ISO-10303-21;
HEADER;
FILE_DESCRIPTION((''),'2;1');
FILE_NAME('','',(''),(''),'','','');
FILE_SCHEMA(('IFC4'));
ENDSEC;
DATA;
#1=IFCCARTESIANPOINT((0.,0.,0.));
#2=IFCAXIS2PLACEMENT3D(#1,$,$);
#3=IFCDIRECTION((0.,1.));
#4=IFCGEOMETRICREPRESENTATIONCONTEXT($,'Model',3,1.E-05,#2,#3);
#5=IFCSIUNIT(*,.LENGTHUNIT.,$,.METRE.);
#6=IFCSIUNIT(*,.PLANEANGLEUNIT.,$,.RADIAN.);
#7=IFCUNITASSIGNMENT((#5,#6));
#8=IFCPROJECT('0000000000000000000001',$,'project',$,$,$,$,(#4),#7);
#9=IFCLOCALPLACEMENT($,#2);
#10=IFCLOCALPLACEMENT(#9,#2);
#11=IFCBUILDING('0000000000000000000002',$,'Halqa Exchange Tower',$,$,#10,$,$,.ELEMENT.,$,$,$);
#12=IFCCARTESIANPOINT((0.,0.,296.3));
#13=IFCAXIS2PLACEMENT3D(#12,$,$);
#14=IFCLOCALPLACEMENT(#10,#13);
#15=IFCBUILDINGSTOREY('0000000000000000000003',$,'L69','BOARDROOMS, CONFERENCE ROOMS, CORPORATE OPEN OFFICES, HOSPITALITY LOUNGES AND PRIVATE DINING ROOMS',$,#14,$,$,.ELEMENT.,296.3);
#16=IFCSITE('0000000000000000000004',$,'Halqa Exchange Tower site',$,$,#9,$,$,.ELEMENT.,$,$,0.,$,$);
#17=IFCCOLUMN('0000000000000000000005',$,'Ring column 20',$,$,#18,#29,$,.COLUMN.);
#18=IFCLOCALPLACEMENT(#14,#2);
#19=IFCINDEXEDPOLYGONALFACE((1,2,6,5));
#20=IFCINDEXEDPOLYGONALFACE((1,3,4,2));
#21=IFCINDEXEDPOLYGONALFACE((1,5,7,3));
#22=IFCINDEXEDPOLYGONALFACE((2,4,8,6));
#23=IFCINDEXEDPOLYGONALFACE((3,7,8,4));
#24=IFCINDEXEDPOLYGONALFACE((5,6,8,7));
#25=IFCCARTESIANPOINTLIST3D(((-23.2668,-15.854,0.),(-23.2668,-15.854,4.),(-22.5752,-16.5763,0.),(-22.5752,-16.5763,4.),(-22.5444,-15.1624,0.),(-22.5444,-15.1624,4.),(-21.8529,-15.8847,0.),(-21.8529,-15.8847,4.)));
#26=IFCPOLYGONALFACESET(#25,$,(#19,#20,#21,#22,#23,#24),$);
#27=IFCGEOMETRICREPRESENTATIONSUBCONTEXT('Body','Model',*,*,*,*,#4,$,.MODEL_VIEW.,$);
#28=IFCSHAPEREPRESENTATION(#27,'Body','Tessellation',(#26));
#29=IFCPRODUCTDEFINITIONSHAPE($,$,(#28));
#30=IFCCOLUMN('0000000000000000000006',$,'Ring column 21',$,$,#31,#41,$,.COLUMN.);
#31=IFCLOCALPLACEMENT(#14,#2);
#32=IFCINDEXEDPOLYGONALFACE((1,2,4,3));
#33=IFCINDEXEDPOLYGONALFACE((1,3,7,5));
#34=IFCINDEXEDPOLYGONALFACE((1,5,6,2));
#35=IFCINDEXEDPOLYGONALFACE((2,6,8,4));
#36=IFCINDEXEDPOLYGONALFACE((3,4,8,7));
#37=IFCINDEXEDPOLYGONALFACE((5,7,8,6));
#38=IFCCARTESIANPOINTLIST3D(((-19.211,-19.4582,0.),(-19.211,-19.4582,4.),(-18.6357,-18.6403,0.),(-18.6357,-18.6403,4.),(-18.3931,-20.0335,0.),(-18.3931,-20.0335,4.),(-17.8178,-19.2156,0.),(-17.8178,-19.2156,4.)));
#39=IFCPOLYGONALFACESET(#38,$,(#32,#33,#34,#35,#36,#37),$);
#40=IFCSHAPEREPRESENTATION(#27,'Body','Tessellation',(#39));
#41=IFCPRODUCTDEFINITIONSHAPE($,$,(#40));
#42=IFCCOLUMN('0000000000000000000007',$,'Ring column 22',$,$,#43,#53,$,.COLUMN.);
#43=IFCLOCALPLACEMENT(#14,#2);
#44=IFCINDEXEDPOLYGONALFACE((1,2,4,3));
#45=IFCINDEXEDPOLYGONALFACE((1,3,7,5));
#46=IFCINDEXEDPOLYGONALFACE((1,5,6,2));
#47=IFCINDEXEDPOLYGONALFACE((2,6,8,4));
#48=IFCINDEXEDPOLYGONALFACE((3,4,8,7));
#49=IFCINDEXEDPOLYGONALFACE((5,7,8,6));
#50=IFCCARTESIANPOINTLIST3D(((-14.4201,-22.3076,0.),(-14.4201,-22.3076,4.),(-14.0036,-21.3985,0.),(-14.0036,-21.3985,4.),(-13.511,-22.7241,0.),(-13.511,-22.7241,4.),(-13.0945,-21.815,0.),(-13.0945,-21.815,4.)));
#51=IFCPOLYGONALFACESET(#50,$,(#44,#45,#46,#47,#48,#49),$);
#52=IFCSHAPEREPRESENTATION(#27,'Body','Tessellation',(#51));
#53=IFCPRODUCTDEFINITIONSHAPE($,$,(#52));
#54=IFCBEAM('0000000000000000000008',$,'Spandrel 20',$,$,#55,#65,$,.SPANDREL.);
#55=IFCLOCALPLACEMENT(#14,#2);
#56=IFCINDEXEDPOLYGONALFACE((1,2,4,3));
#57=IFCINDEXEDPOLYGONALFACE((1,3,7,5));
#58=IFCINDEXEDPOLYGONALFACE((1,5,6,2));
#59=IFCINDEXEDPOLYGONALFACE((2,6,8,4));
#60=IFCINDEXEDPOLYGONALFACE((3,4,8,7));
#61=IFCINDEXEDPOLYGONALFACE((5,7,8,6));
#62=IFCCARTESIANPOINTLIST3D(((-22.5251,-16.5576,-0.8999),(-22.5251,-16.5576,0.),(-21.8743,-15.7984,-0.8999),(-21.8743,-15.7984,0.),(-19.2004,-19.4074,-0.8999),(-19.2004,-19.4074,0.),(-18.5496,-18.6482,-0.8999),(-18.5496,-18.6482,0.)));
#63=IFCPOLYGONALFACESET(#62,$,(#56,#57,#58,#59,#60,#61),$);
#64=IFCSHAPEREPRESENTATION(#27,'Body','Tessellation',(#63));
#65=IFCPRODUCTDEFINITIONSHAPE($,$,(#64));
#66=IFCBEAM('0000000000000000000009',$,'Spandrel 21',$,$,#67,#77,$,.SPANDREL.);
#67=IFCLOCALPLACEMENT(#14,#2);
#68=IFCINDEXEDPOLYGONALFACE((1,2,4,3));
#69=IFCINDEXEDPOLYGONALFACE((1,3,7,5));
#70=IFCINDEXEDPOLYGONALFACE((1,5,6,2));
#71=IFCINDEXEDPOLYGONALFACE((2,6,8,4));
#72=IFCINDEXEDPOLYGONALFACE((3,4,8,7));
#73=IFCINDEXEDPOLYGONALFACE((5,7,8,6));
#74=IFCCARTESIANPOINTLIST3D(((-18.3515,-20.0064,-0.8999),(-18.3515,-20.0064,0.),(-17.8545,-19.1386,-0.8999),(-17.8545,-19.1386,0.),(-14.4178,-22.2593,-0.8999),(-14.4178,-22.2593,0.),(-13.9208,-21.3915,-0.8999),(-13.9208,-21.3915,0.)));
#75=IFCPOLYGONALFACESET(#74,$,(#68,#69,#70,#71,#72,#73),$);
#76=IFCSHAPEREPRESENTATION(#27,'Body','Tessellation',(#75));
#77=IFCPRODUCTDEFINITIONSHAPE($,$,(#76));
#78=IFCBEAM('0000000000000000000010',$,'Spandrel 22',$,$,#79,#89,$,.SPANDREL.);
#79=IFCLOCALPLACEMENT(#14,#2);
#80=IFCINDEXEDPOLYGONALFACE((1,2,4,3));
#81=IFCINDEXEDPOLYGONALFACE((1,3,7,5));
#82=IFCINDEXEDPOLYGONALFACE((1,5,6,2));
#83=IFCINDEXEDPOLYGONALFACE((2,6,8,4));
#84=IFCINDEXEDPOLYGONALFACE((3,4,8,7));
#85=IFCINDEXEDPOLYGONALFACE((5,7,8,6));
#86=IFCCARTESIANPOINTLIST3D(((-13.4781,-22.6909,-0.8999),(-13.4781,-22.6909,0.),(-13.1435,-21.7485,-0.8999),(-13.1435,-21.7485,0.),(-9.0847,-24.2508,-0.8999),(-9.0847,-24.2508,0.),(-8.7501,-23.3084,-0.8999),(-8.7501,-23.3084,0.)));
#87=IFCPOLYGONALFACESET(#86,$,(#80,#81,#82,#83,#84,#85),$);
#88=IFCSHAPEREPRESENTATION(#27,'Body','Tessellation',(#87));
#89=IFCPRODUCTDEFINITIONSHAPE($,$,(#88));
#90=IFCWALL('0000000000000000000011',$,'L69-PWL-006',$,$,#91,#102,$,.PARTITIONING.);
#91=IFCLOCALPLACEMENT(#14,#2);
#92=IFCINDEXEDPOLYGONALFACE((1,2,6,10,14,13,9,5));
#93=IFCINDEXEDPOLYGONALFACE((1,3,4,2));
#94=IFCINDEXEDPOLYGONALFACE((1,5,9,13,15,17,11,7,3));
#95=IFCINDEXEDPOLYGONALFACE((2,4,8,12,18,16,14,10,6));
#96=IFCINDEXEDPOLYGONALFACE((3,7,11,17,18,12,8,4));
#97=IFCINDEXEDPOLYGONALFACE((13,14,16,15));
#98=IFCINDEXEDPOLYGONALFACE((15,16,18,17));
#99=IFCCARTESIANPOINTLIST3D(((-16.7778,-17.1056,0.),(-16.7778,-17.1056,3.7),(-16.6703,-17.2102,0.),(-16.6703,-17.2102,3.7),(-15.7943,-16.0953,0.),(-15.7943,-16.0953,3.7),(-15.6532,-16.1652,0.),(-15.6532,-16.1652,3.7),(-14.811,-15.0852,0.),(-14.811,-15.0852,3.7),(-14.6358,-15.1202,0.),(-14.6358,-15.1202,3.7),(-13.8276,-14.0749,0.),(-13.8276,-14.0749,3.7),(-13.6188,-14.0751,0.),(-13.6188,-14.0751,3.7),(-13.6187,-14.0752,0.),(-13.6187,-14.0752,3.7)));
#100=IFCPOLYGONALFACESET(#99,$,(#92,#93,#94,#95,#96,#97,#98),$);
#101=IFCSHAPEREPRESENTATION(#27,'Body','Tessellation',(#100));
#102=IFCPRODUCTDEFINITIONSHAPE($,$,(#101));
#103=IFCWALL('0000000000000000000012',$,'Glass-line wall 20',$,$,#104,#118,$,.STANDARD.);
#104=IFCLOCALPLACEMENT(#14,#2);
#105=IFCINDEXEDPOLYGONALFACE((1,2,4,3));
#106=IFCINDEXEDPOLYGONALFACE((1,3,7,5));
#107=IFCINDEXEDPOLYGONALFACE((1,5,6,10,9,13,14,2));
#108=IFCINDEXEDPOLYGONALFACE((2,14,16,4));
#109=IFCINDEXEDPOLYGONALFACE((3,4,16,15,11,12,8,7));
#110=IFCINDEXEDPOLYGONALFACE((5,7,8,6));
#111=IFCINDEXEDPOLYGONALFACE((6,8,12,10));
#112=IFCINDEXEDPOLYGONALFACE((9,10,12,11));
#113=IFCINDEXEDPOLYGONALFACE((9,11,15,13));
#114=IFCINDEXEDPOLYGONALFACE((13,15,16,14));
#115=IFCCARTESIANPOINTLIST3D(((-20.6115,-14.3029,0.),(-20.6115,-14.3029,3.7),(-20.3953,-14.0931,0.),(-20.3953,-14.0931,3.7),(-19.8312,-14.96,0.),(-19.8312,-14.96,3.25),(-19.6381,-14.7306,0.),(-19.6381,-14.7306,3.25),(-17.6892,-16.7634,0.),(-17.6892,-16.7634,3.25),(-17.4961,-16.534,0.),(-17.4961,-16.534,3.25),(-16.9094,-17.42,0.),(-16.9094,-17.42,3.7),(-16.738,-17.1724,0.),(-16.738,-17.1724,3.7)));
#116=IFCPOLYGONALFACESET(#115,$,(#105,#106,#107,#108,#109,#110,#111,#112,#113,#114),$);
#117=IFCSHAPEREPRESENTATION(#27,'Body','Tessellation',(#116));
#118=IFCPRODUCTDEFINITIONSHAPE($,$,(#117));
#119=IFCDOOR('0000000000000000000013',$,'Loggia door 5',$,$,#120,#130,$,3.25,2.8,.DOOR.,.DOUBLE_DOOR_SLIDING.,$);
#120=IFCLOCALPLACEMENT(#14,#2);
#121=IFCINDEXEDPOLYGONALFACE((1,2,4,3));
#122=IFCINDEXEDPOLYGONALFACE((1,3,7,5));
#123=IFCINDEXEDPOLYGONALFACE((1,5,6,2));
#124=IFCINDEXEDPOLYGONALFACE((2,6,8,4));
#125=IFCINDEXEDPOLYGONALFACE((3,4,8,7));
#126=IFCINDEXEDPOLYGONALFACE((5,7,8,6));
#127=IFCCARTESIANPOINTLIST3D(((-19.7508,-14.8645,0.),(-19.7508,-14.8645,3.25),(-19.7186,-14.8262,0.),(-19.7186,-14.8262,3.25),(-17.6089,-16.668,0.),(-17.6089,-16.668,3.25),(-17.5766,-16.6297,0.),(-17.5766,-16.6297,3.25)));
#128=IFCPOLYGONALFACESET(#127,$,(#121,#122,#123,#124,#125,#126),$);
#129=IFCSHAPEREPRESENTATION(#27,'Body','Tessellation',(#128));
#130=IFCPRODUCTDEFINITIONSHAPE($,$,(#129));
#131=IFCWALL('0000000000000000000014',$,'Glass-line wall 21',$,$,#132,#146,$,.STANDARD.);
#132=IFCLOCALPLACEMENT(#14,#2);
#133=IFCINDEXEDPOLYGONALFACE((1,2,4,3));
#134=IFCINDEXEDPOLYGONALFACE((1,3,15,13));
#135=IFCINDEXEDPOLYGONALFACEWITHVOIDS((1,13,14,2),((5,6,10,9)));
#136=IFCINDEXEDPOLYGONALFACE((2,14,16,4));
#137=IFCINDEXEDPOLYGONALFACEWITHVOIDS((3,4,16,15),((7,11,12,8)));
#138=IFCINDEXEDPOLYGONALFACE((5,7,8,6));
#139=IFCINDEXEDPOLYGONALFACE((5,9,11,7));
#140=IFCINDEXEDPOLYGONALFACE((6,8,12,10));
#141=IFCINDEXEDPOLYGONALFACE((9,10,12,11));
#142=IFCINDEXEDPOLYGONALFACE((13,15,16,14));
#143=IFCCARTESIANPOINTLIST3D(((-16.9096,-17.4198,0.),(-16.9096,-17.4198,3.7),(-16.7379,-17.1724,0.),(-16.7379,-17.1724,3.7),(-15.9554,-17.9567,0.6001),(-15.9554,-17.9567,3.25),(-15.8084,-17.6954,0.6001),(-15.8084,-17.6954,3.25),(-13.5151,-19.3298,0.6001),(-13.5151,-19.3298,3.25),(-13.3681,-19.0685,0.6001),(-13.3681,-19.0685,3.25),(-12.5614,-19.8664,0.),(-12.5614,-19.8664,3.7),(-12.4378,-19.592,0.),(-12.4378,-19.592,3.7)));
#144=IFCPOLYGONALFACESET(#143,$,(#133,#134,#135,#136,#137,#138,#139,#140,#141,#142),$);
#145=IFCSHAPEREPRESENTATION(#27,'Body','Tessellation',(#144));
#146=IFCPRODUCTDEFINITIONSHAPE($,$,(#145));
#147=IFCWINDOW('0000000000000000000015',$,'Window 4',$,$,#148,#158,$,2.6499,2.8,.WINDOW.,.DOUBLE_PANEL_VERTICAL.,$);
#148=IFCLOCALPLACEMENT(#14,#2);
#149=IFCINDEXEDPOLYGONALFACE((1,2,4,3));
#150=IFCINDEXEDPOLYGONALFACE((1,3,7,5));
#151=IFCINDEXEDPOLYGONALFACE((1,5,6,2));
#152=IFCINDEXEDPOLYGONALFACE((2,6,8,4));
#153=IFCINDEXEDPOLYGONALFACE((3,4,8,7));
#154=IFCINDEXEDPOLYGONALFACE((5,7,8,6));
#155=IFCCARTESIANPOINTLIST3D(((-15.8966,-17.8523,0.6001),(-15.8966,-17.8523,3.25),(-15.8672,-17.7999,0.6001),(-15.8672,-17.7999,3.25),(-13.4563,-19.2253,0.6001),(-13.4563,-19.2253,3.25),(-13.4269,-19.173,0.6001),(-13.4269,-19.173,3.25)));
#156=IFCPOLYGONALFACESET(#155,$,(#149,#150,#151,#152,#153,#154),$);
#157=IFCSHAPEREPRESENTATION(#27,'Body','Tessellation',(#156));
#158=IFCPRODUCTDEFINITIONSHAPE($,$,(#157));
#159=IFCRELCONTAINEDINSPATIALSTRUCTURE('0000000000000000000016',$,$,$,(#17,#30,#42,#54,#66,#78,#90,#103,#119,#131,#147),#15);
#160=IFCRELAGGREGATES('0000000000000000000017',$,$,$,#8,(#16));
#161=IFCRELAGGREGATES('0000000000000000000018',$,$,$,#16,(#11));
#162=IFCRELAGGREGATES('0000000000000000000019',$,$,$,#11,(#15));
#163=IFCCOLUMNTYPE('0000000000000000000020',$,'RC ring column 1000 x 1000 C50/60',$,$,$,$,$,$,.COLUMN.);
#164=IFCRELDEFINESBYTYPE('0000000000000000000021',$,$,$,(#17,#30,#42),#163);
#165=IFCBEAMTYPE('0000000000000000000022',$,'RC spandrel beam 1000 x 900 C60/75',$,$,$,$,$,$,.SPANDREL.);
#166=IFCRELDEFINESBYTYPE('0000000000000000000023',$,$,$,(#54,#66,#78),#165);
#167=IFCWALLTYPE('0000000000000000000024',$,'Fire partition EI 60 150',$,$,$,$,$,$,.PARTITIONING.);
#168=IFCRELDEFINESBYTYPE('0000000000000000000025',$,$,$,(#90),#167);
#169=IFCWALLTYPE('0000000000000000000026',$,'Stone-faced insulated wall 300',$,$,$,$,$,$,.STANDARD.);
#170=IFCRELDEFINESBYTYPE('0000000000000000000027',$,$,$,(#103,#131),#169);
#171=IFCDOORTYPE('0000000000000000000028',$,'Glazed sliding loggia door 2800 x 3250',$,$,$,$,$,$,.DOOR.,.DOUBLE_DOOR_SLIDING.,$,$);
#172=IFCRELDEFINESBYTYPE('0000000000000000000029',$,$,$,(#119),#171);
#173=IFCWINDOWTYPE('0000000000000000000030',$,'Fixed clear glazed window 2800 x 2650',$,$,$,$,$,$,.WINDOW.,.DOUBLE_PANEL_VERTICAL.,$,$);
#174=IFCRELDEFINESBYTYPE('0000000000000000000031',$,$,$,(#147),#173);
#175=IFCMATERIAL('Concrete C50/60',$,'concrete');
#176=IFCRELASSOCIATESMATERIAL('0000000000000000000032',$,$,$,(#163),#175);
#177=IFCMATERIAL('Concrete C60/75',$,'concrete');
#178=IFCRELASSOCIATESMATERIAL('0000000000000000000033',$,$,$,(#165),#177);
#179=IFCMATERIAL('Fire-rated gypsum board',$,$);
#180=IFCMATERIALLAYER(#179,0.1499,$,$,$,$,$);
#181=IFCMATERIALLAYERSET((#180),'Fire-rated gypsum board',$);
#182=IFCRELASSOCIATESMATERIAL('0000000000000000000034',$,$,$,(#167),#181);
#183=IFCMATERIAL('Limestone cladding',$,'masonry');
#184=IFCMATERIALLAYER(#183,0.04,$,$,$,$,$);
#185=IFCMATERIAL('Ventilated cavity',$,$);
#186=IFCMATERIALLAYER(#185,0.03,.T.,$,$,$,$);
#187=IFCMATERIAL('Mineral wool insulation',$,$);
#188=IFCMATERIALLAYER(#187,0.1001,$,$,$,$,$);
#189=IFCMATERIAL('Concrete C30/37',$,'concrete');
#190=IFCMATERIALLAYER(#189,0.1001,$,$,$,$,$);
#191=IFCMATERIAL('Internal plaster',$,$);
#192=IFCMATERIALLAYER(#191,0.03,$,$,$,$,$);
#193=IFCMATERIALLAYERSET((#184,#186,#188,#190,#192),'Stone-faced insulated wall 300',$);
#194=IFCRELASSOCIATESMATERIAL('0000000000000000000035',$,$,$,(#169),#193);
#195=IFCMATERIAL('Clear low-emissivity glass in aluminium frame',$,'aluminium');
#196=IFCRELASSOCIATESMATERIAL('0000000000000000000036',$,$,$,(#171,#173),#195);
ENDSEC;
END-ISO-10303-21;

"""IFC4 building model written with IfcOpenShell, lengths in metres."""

from ifc_helpers import new_model, si_unit, direction, frame, frame_2d, origin, origin_2d, place, context, subcontext, project, spatial, polyline, rectangle, outline, extrude, material, layer, layer_set, material_profile, profile_set, type_object, element, fill, save


model = new_model("IFC4")

# Units and contexts
model_context = context("Model", 3, precision=1e-05, world=origin(), true_north=direction((0.0, 1.0)))
body_context = subcontext(model_context, "Body", "Model", "MODEL_VIEW")
ifc_project = project(units=[si_unit("LENGTHUNIT", "METRE"), si_unit("PLANEANGLEUNIT", "RADIAN")], contexts=[model_context])

# Site, building, storey
site_placement = place(None, origin())
site = spatial("IfcSite", under=ifc_project, at=site_placement, Name="Halqa Exchange Tower site", CompositionType="ELEMENT", RefElevation=0.0)
building_placement = place(site_placement, origin())
building = spatial("IfcBuilding", under=site, at=building_placement, Name="Halqa Exchange Tower", CompositionType="ELEMENT")
storey_placement = place(building_placement, frame((0.0, 0.0, 296.3)))
storey = spatial("IfcBuildingStorey", under=building, at=storey_placement, Name="L69", Description="BOARDROOMS, CONFERENCE ROOMS, CORPORATE OPEN OFFICES, HOSPITALITY LOUNGES AND PRIVATE DINING ROOMS", CompositionType="ELEMENT", Elevation=296.3)

# Columns
ifc_material_1 = material(Name="Concrete C50/60", Category="concrete")
ifc_material_profile_1 = material_profile(ifc_material_1, rectangle(XDim=1.0, YDim=1.0, at=origin_2d()), Name="1000 x 1000")
ifc_profile_set_1 = profile_set([ifc_material_profile_1], Name="Concrete C50/60")
column_type = type_object("IfcColumnType", Name="RC ring column 1000 x 1000 C50/60", PredefinedType="COLUMN", material=ifc_profile_set_1)
for number, where, z_axis, x_axis, name in (
    (1, (-22.5598, -15.8694, 0.0), (0.0, 0.0, 1.0), (0.691575, -0.722305, 0.0), "Ring column 20"),
    (2, (-18.5144, -19.3369, 0.0), (0.0, 0.0, 1.0), (0.817906, -0.575352, 0.0), "Ring column 21"),
    (3, (-13.7573, -22.0613, 0.0), (0.0, 0.0, 1.0), (0.909129, -0.416516, 0.0), "Ring column 22"),
):
    element("IfcColumn", number, at=place(storey_placement, frame(where, z_axis=z_axis, x_axis=x_axis)), inside=storey, type_object=column_type, Name=name, PredefinedType="COLUMN", context=body_context, shape_type="SweptSolid", body=[
        extrude(rectangle(XDim=1.0, YDim=1.0, at=origin_2d()), origin(), (0.0, 0.0, 1.0), 4.0),
    ])

# Beams
ifc_material_2 = material(Name="Concrete C60/75", Category="concrete")
ifc_material_profile_2 = material_profile(ifc_material_2, rectangle(XDim=1.0, YDim=0.8999, at=origin_2d()), Name="1000 x 900")
ifc_profile_set_2 = profile_set([ifc_material_profile_2], Name="Concrete C60/75")
beam_type = type_object("IfcBeamType", Name="RC spandrel beam 1000 x 900 C60/75", PredefinedType="SPANDREL", material=ifc_profile_set_2)
beam_1_placement = place(storey_placement, frame((-22.1997, -16.178, -0.45), z_axis=(0.759245, -0.650805, 0.0), x_axis=(0.650805, 0.759245, 0.0)))
element("IfcBeam", 4, at=beam_1_placement, inside=storey, type_object=beam_type, Name="Spandrel 20", PredefinedType="SPANDREL", context=body_context, shape_type="SweptSolid", body=[
    extrude(rectangle(XDim=1.0, YDim=0.8999, at=origin_2d()), origin(), (0.0, 0.0, 1.0), 4.3789),
])
beam_2_placement = place(storey_placement, frame((-18.103, -19.5725, -0.45), z_axis=(0.867766, -0.496974, 0.0), x_axis=(0.496974, 0.867766, 0.0)))
element("IfcBeam", 5, at=beam_2_placement, inside=storey, type_object=beam_type, Name="Spandrel 21", PredefinedType="SPANDREL", context=body_context, shape_type="SweptSolid", body=[
    extrude(rectangle(XDim=1.0, YDim=0.8999, at=origin_2d()), origin(), (0.0, 0.0, 1.0), 4.5332),
])
beam_3_placement = place(storey_placement, frame((-13.3108, -22.2197, -0.45), z_axis=(0.942367, -0.334581, 0.0), x_axis=(0.334581, 0.942367, 0.0)))
element("IfcBeam", 6, at=beam_3_placement, inside=storey, type_object=beam_type, Name="Spandrel 22", PredefinedType="SPANDREL", context=body_context, shape_type="SweptSolid", body=[
    extrude(rectangle(XDim=1.0, YDim=0.8999, at=origin_2d()), origin(), (0.0, 0.0, 1.0), 4.6621),
])

# Shared definitions
ifc_material_3 = material(Name="Fire-rated gypsum board")
ifc_layer_1 = layer(ifc_material_3, 0.1499)
ifc_layer_set_1 = layer_set([ifc_layer_1], Name="Fire-rated gypsum board")
wall_type_1 = type_object("IfcWallType", Name="Fire partition EI 60 150", PredefinedType="PARTITIONING", material=ifc_layer_set_1)

# Wall
wall_1_placement = place(storey_placement, frame((-13.6724, -14.0229, 0.0), z_axis=(0.0, 0.0, 1.0), x_axis=(-0.697528, -0.716557, 0.0)))
element("IfcWall", 7, at=wall_1_placement, inside=storey, type_object=wall_type_1, Name="L69-PWL-006", PredefinedType="PARTITIONING", context=body_context, shape_type="SweptSolid", body=[
    extrude(outline(polyline([(0.0, 0.075), (0.0, 0.0747), (0.1455, -0.075), (1.5554, -0.075), (2.9651, -0.075), (4.375, -0.075), (4.375, 0.075), (2.9167, 0.075), (1.4583, 0.075), (0.0, 0.075)])), origin(), (0.0, 0.0, 1.0), 3.7),
])

# Wall, opening, door
ifc_material_4 = material(Name="Limestone cladding", Category="masonry")
ifc_layer_2 = layer(ifc_material_4, 0.04)
ifc_material_5 = material(Name="Ventilated cavity")
ifc_layer_3 = layer(ifc_material_5, 0.03, ventilated=True)
ifc_material_6 = material(Name="Mineral wool insulation")
ifc_layer_4 = layer(ifc_material_6, 0.1001)
ifc_material_7 = material(Name="Concrete C30/37", Category="concrete")
ifc_layer_5 = layer(ifc_material_7, 0.1001)
ifc_material_8 = material(Name="Internal plaster")
ifc_layer_6 = layer(ifc_material_8, 0.03)
ifc_layer_set_2 = layer_set([ifc_layer_2, ifc_layer_3, ifc_layer_4, ifc_layer_5, ifc_layer_6], Name="Stone-faced insulated wall 300")
wall_type_2 = type_object("IfcWallType", Name="Stone-faced insulated wall 300", PredefinedType="STANDARD", material=ifc_layer_set_2)
wall_2_placement = place(storey_placement, frame((-20.5034, -14.198, 0.0), z_axis=(0.0, 0.0, 1.0), x_axis=(0.764966, -0.64407, 0.0)))
wall_2 = element("IfcWall", 8, at=wall_2_placement, inside=storey, type_object=wall_type_2, Name="Glass-line wall 20", PredefinedType="STANDARD", context=body_context, shape_type="SweptSolid", body=[
    extrude(outline(polyline([(-0.0151, -0.1499), (4.8245, -0.1499), (4.7961, 0.1499), (0.0151, 0.1499), (-0.0151, -0.1499)])), origin(), (0.0, 0.0, 1.0), 3.7),
])
opening_1_placement = place(wall_2_placement, frame((1.0051, 0.0, 0.0)))
opening_1 = element("IfcOpeningElement", 9, at=opening_1_placement, cuts=wall_2, PredefinedType="OPENING", context=body_context, shape_type="SweptSolid", body=[
    extrude(rectangle(XDim=2.8, YDim=3.25, at=frame_2d((1.3999, 1.625))), frame((0.0, 0.1621, 0.0), z_axis=(0.0, -1.0, 0.0), x_axis=(1.0, 0.0, 0.0)), (0.0, 0.0, 1.0), 0.324),
])
ifc_material_9 = material(Name="Clear low-emissivity glass in aluminium frame", Category="aluminium")
door_type_1 = type_object("IfcDoorType", Name="Glazed sliding loggia door 2800 x 3250", OperationType="DOUBLE_DOOR_SLIDING", PredefinedType="DOOR", material=ifc_material_9)
door_1_placement = place(opening_1_placement, origin())
door_1 = element("IfcDoor", 10, at=door_1_placement, inside=storey, type_object=door_type_1, Name="Loggia door 5", OperationType="DOUBLE_DOOR_SLIDING", OverallHeight=3.25, OverallWidth=2.8, PredefinedType="DOOR", context=body_context, shape_type="SweptSolid", body=[
    extrude(rectangle(XDim=2.8, YDim=3.25, at=frame_2d((1.3999, 1.625))), frame((0.0, 0.0249, 0.0), z_axis=(0.0, -1.0, 0.0), x_axis=(1.0, 0.0, 0.0)), (0.0, 0.0, 1.0), 0.05),
])
fill(opening_1, door_1)

# Wall, opening, window
wall_3_placement = place(storey_placement, frame((-16.8237, -17.2961, 0.0), z_axis=(0.0, 0.0, 1.0), x_axis=(0.871512, -0.490373, 0.0)))
wall_3 = element("IfcWall", 11, at=wall_3_placement, inside=storey, type_object=wall_type_2, Name="Glass-line wall 21", PredefinedType="STANDARD", context=body_context, shape_type="SweptSolid", body=[
    extrude(outline(polyline([(-0.0142, -0.1499), (4.9751, -0.1499), (4.9482, 0.1499), (0.0142, 0.1499), (-0.0142, -0.1499)])), origin(), (0.0, 0.0, 1.0), 3.7),
])
opening_2_placement = place(wall_3_placement, frame((1.0808, 0.0, 0.6001)))
opening_2 = element("IfcOpeningElement", 12, at=opening_2_placement, cuts=wall_3, PredefinedType="OPENING", context=body_context, shape_type="SweptSolid", body=[
    extrude(rectangle(XDim=2.8, YDim=2.6499, at=frame_2d((1.3999, 1.325))), frame((0.0, 0.1621, 0.0), z_axis=(0.0, -1.0, 0.0), x_axis=(1.0, 0.0, 0.0)), (0.0, 0.0, 1.0), 0.324),
])
window_type = type_object("IfcWindowType", Name="Fixed clear glazed window 2800 x 2650", PartitioningType="DOUBLE_PANEL_VERTICAL", PredefinedType="WINDOW", material=ifc_material_9)
window_1_placement = place(opening_2_placement, origin())
window_1 = element("IfcWindow", 13, at=window_1_placement, inside=storey, type_object=window_type, Name="Window 4", OverallHeight=2.6499, OverallWidth=2.8, PartitioningType="DOUBLE_PANEL_VERTICAL", PredefinedType="WINDOW", context=body_context, shape_type="SweptSolid", body=[
    extrude(rectangle(XDim=2.8, YDim=2.6499, at=frame_2d((1.3999, 1.325))), frame((0.0, 0.03, 0.0), z_axis=(0.0, -1.0, 0.0), x_axis=(1.0, 0.0, 0.0)), (0.0, 0.0, 1.0), 0.0601),
])
fill(opening_2, window_1)

save(model, "model.ifc")
